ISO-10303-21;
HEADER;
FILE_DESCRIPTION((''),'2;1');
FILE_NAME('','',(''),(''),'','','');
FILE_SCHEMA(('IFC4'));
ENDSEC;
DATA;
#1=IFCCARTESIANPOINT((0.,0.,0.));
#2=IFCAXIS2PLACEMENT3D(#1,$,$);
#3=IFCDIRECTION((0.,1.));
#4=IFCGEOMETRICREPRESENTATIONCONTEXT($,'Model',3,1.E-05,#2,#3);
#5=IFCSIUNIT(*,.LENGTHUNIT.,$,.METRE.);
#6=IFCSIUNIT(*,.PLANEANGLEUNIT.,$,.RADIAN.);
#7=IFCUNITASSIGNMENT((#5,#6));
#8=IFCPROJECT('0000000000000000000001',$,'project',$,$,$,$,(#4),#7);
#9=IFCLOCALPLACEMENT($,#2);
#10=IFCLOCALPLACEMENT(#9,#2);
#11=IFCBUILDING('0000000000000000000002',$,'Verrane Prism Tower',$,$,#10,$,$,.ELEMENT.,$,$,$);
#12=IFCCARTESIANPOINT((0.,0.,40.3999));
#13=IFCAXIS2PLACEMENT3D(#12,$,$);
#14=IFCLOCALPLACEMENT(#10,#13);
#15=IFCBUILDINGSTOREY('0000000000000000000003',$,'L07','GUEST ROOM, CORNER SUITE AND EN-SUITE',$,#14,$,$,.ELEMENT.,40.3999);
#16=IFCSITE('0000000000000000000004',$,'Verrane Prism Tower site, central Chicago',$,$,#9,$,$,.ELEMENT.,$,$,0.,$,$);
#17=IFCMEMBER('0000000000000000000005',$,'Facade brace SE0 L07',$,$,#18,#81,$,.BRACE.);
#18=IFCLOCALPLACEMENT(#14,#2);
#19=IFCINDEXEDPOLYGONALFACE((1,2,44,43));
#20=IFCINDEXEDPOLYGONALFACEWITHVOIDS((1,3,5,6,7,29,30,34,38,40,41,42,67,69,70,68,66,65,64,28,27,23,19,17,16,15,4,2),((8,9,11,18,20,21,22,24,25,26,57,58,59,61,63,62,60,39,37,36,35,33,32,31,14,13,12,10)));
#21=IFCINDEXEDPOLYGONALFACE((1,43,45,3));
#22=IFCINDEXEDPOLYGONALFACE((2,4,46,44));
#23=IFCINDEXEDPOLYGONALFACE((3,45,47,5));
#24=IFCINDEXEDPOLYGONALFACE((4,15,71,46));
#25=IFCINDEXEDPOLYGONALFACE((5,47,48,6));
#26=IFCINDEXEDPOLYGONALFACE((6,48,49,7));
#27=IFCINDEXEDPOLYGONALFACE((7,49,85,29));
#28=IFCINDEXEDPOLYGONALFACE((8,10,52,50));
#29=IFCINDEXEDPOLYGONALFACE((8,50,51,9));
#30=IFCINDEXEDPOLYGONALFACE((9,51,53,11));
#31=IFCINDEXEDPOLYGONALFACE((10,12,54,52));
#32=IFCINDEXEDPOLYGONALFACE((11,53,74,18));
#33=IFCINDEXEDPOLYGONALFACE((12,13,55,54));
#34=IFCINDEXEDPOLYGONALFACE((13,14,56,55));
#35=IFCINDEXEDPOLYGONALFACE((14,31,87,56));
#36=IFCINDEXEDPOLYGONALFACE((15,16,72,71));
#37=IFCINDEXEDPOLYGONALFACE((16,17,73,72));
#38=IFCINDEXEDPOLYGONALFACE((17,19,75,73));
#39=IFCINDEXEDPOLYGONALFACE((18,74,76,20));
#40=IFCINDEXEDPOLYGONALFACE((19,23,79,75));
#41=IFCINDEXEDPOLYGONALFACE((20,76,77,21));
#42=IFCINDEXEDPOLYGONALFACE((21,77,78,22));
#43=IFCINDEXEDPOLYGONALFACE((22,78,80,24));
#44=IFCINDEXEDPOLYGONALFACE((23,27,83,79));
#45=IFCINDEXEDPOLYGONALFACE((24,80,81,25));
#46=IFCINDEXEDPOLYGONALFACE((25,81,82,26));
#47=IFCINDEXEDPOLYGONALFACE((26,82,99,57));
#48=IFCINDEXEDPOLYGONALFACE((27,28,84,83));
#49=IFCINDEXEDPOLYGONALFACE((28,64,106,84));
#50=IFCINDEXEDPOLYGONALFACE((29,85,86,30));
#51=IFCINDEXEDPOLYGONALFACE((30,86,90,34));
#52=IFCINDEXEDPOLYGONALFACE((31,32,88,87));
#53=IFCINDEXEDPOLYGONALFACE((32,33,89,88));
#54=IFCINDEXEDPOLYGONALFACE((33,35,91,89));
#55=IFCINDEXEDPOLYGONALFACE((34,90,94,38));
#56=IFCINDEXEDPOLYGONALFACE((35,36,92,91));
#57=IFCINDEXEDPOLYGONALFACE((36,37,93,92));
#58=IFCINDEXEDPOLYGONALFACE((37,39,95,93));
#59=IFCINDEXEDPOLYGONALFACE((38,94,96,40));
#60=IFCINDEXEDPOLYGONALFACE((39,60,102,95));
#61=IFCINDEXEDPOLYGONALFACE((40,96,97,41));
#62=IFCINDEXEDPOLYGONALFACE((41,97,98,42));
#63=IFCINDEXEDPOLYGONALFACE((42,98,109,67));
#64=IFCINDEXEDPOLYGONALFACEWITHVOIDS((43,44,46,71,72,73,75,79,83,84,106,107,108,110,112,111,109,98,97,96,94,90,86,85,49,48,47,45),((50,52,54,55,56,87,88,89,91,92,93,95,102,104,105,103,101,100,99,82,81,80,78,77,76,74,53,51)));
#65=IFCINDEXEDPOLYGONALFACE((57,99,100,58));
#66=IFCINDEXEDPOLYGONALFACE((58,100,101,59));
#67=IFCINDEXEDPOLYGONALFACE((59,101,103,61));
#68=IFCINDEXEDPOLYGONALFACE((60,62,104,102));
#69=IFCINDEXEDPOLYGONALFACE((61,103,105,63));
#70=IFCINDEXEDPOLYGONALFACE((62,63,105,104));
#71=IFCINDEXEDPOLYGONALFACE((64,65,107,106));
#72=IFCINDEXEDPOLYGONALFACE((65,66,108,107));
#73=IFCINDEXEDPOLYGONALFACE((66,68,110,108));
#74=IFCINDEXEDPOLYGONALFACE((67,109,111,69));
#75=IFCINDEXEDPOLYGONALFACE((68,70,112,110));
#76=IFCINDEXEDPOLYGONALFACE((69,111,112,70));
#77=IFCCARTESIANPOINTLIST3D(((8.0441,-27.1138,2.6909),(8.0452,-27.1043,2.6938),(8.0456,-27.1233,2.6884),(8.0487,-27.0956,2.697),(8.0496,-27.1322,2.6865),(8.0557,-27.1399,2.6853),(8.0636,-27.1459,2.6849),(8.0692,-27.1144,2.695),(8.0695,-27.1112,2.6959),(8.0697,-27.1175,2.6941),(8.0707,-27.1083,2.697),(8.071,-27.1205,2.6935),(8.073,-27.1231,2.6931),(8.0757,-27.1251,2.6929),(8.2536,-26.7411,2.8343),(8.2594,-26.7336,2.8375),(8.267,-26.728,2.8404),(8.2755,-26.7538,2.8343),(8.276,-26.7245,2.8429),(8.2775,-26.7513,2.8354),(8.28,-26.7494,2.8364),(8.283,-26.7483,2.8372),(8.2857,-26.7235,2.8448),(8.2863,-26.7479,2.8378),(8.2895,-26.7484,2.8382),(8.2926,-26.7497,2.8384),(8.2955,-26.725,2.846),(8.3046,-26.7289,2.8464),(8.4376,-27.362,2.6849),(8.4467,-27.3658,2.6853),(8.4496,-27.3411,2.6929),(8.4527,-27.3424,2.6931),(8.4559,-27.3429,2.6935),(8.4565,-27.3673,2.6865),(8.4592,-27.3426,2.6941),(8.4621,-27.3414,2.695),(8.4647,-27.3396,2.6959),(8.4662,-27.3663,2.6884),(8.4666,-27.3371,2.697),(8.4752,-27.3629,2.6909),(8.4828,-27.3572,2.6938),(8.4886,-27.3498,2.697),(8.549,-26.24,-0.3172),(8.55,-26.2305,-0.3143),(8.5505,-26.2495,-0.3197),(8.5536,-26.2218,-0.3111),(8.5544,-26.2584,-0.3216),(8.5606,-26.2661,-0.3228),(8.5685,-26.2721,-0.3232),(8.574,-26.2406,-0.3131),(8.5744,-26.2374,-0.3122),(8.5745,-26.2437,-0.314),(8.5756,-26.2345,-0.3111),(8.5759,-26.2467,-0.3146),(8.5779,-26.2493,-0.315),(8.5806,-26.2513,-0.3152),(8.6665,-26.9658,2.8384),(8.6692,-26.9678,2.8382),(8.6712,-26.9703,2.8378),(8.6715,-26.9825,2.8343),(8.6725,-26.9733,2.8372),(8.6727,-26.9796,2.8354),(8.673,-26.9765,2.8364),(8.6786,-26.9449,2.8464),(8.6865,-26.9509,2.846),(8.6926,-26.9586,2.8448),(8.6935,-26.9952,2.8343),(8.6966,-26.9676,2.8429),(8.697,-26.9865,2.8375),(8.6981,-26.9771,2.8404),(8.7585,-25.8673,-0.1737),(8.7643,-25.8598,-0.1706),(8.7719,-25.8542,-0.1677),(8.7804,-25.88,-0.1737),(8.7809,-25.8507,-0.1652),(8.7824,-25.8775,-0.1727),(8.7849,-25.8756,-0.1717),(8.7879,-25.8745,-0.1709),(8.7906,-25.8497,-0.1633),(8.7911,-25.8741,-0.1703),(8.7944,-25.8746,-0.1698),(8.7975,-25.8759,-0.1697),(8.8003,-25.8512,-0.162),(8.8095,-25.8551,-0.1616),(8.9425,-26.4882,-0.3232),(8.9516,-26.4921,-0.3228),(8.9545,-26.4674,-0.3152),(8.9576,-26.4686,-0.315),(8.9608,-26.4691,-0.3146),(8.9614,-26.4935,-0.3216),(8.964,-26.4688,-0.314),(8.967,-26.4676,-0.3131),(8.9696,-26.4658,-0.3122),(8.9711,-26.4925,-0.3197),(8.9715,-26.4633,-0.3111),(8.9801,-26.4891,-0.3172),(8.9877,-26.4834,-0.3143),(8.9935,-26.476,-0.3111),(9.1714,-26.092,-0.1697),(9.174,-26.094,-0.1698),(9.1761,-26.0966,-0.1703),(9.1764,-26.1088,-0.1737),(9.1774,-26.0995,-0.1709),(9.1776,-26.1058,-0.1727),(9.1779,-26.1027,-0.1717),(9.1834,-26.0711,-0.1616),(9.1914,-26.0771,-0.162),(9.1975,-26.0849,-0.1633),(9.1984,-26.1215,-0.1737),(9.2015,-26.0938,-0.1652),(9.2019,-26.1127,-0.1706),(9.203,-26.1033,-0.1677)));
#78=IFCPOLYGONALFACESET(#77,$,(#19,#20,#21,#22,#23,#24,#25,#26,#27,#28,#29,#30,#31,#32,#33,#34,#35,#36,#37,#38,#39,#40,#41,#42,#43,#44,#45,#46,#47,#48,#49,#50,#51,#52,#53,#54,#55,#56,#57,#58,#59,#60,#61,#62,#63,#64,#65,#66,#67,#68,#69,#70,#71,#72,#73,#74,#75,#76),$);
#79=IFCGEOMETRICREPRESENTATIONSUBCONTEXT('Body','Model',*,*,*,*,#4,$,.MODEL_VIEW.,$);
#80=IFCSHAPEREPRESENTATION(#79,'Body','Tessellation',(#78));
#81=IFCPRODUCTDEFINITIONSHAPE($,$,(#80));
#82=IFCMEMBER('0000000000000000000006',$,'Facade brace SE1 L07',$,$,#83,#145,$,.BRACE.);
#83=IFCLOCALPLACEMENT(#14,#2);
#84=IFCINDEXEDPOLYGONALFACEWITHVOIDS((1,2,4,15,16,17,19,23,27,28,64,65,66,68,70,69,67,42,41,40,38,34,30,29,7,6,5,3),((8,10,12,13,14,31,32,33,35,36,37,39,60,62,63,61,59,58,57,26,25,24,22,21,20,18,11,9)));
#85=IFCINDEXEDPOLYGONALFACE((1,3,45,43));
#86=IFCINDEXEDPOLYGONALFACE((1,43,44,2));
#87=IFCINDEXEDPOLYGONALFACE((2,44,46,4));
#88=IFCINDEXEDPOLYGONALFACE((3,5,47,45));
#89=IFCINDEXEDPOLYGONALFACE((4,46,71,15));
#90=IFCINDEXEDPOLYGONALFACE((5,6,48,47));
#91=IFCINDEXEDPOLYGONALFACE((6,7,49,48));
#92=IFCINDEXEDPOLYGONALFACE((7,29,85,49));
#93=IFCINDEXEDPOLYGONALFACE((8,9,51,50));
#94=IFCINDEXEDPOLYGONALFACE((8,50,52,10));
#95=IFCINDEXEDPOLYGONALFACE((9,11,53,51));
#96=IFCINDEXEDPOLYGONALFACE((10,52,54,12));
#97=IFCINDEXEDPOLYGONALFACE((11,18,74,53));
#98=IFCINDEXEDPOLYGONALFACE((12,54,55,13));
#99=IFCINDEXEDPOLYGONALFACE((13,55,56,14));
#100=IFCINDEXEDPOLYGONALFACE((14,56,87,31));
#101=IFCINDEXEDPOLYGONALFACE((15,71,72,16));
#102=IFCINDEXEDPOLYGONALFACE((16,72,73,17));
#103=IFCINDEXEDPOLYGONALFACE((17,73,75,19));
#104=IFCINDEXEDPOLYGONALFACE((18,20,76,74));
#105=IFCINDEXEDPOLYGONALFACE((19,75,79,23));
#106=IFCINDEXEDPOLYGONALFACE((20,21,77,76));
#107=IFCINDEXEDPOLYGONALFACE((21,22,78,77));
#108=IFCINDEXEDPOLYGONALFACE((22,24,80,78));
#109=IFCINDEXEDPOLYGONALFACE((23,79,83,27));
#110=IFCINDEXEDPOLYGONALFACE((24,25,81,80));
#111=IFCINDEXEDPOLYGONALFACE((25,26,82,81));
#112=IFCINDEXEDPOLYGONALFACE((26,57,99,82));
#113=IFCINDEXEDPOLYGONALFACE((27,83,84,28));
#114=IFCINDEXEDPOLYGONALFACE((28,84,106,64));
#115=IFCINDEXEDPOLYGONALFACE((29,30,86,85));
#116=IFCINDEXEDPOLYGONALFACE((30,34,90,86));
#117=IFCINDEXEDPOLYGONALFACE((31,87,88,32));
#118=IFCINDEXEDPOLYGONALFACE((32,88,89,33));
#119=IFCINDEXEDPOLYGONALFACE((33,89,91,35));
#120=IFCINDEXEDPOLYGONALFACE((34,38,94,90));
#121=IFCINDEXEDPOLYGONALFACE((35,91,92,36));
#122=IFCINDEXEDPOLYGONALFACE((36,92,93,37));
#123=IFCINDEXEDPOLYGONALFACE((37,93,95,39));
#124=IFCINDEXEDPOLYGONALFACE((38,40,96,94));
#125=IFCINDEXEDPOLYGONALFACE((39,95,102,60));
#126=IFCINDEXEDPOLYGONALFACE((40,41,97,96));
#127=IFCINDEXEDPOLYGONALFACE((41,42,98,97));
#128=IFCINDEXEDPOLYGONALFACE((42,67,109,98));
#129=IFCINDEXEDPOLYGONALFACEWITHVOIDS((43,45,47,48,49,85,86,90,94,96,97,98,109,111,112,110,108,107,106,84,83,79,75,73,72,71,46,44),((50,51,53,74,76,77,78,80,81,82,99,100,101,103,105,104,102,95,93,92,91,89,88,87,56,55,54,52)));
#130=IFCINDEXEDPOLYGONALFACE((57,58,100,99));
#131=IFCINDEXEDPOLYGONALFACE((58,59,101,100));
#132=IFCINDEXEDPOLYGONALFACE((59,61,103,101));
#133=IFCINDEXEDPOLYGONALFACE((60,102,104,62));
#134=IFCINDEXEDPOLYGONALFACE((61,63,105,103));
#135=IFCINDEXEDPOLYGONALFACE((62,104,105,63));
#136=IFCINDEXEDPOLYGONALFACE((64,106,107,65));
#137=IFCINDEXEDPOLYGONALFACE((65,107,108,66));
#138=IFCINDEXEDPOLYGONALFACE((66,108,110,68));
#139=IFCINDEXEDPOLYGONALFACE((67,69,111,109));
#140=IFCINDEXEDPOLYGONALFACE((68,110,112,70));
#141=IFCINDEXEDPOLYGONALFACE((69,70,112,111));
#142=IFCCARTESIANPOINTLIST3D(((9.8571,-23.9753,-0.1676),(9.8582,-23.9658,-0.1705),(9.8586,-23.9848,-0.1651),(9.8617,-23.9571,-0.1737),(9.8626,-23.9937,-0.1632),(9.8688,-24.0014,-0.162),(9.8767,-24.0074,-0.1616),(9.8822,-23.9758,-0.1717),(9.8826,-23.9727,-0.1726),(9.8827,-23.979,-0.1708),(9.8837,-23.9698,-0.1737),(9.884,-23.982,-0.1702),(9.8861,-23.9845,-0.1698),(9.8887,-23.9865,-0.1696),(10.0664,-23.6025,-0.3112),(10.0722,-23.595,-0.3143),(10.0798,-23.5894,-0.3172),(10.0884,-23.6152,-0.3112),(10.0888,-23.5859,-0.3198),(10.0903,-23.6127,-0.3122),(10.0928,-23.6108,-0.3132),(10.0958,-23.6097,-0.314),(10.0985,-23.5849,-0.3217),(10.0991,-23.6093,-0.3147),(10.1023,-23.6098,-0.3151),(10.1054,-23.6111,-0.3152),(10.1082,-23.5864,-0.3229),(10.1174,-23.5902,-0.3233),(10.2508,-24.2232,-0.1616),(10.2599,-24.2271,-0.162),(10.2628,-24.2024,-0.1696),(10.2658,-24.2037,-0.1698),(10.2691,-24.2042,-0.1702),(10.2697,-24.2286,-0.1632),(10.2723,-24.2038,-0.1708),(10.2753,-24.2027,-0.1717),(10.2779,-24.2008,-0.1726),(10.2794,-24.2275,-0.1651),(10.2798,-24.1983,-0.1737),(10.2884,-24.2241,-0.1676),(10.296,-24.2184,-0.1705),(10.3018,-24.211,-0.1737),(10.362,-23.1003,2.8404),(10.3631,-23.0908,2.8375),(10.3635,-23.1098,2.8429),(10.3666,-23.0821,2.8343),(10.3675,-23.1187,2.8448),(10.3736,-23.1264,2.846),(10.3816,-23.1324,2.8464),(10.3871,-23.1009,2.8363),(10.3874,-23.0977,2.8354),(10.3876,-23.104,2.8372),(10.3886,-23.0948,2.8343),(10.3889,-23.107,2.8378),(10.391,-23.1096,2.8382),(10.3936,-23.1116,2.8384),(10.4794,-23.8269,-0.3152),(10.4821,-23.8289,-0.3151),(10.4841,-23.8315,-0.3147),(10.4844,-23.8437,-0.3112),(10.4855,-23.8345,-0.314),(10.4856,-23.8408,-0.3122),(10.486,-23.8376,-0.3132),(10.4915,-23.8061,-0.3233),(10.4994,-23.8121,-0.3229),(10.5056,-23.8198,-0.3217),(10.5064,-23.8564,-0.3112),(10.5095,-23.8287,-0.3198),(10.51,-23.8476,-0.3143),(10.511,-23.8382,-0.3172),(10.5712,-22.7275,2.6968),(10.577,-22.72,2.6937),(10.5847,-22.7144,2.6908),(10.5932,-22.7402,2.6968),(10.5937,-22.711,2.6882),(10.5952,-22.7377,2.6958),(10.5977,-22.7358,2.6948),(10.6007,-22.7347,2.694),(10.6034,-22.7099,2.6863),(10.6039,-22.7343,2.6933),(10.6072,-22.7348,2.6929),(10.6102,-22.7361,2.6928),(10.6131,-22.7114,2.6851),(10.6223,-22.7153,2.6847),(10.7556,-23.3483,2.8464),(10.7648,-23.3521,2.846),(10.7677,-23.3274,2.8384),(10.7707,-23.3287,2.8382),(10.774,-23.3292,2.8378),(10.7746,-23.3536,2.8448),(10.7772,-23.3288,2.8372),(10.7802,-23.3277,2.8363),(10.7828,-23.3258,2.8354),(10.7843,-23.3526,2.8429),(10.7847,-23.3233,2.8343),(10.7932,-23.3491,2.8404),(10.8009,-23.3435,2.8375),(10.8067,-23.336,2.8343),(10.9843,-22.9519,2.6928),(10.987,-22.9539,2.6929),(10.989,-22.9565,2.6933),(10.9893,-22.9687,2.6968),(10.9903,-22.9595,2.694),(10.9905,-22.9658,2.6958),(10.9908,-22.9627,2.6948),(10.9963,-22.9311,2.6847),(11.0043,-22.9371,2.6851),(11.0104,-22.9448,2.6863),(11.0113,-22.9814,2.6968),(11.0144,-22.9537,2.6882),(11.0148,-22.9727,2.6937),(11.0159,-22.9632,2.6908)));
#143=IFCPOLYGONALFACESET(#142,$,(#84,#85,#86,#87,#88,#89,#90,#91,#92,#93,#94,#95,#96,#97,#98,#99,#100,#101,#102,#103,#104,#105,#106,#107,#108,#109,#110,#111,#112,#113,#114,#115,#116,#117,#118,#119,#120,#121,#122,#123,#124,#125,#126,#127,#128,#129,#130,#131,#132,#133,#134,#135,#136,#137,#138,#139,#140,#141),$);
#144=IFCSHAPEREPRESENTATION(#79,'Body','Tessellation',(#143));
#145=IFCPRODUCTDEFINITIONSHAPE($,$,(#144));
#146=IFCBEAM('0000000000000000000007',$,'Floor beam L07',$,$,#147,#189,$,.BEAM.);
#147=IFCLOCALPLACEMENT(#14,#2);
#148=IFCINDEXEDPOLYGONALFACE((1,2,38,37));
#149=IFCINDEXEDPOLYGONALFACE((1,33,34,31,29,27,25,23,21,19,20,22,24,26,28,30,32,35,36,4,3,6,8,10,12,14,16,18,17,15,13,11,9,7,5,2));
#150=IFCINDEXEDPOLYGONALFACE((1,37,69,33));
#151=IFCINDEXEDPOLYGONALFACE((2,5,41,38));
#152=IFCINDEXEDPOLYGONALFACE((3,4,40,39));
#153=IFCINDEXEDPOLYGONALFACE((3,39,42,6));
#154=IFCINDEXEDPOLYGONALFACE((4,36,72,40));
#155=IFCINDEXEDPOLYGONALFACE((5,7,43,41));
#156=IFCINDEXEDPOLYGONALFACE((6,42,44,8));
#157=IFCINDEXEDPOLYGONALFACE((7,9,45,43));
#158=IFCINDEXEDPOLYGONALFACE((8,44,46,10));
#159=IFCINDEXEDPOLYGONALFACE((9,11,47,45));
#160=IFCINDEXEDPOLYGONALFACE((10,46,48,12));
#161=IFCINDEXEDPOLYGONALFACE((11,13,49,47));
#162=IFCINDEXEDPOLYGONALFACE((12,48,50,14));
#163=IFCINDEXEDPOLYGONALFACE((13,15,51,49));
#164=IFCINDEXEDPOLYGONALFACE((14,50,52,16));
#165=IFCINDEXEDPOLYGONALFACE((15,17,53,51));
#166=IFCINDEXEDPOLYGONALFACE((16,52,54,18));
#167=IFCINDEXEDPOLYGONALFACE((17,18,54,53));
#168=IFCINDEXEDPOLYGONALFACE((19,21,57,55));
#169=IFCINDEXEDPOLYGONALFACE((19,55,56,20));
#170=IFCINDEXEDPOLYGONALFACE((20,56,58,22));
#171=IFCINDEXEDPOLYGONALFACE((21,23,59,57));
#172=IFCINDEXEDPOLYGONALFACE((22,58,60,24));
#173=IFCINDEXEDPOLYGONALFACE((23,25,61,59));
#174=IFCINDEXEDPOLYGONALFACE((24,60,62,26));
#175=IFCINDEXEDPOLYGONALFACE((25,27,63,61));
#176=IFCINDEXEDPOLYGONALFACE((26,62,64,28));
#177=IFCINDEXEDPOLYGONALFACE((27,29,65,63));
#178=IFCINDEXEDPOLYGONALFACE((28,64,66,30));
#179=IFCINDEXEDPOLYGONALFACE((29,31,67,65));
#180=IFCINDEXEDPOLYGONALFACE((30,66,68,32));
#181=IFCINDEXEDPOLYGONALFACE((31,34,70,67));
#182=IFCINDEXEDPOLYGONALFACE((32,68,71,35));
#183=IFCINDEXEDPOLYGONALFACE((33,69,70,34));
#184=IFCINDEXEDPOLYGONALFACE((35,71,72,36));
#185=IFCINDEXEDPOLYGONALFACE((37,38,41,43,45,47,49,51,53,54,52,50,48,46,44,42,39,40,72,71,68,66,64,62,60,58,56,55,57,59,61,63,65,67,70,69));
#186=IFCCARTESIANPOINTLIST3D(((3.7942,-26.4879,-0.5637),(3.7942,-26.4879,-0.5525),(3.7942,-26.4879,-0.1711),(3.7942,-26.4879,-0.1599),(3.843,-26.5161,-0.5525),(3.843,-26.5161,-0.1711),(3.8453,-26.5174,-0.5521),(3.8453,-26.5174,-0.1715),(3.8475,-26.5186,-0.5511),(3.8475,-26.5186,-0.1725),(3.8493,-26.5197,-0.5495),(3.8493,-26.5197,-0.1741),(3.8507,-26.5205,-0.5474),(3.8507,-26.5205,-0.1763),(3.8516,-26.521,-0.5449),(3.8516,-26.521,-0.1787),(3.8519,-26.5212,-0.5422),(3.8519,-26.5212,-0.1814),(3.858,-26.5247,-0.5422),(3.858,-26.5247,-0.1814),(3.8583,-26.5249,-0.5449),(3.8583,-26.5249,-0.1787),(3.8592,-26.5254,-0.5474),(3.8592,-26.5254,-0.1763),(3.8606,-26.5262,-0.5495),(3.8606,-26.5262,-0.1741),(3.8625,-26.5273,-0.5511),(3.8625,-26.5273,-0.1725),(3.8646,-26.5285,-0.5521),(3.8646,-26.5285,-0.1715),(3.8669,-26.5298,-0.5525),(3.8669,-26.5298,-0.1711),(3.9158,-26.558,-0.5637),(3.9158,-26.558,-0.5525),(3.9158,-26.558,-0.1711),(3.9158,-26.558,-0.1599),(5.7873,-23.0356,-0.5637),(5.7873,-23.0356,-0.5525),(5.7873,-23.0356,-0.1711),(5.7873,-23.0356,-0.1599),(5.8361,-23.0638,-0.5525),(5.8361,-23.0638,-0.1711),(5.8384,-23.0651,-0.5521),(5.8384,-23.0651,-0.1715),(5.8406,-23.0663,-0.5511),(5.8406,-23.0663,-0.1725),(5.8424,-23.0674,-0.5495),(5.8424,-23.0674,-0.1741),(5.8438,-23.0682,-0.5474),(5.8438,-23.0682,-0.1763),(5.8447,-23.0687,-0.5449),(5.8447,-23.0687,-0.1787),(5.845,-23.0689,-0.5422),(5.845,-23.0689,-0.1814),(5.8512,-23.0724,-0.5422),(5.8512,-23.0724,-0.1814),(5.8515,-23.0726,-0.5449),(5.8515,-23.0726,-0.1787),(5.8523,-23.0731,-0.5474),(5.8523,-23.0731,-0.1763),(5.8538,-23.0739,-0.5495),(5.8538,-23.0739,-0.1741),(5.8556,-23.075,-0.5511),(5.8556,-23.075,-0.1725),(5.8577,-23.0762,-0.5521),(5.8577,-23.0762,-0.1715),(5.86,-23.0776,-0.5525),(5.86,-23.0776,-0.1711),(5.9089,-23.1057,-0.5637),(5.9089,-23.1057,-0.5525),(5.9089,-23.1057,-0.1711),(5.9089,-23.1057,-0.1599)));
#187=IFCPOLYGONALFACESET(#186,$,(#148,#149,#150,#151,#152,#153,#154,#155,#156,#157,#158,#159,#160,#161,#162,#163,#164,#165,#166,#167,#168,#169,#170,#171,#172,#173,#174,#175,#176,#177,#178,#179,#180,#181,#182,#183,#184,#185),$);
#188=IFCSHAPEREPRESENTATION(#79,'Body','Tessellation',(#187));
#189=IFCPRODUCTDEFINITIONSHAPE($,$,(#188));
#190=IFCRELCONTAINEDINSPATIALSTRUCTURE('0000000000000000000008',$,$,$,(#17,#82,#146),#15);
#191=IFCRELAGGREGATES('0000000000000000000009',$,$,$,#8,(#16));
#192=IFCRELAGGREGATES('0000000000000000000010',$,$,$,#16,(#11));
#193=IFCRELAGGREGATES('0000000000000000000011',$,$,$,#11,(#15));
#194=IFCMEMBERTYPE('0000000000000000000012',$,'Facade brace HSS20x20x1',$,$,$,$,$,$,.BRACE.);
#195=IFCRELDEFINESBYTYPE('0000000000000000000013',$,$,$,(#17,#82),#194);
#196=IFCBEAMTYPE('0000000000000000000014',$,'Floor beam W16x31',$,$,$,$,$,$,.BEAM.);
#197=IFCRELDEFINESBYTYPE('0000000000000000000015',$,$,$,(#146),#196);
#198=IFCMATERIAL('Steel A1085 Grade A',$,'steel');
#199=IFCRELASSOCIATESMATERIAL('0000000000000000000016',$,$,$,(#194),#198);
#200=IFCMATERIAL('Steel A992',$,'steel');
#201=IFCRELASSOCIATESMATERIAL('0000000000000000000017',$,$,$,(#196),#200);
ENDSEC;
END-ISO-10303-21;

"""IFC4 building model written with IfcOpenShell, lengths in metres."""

from ifc_helpers import new_model, si_unit, direction, frame, origin, origin_2d, place, context, subcontext, project, spatial, hollow_rectangle, i_section, extrude, material, material_profile, profile_set, type_object, element, save


model = new_model("IFC4")

# Units and contexts
model_context = context("Model", 3, precision=1e-05, world=origin(), true_north=direction((0.0, 1.0)))
body_context = subcontext(model_context, "Body", "Model", "MODEL_VIEW")
ifc_project = project(units=[si_unit("LENGTHUNIT", "METRE"), si_unit("PLANEANGLEUNIT", "RADIAN")], contexts=[model_context])

# Site, building, storey
site_placement = place(None, origin())
site = spatial("IfcSite", under=ifc_project, at=site_placement, Name="Verrane Prism Tower site, central Chicago", CompositionType="ELEMENT", RefElevation=0.0)
building_placement = place(site_placement, origin())
building = spatial("IfcBuilding", under=site, at=building_placement, Name="Verrane Prism Tower", CompositionType="ELEMENT")
storey_placement = place(building_placement, frame((0.0, 0.0, 40.3999)))
storey = spatial("IfcBuildingStorey", under=building, at=storey_placement, Name="L07", Description="GUEST ROOM, CORNER SUITE AND EN-SUITE", CompositionType="ELEMENT", Elevation=40.3999)

# Members
ifc_material_1 = material(Name="Steel A1085 Grade A", Category="steel")
ifc_material_profile_1 = material_profile(ifc_material_1, hollow_rectangle(XDim=0.5081, YDim=0.5081, WallThickness=0.0254, InnerFilletRadius=0.0127, OuterFilletRadius=0.0381, at=origin_2d()), Name="HSS20x20x1")
ifc_profile_set_1 = profile_set([ifc_material_profile_1], Name="Steel A1085 Grade A")
member_type_1 = type_object("IfcMemberType", Name="Facade brace HSS20x20x1", PredefinedType="BRACE", material=ifc_profile_set_1)
member_1_placement = place(storey_placement, frame((8.876, -26.1716, -0.2424), z_axis=(-0.159127, -0.275395, 0.94807), x_axis=(0.865851, -0.500302, 0.0)))
element("IfcMember", 1, at=member_1_placement, inside=storey, type_object=member_type_1, Name="Facade brace SE0 L07", PredefinedType="BRACE", context=body_context, shape_type="SweptSolid", body=[
    extrude(hollow_rectangle(XDim=0.5081, YDim=0.5081, WallThickness=0.0254, InnerFilletRadius=0.0127, OuterFilletRadius=0.0381, at=origin_2d()), origin(), (0.0, 0.0, 1.0), 3.1729),
])
member_2_placement = place(storey_placement, frame((10.1841, -23.9067, -0.2424), z_axis=(0.15911, 0.27575, 0.947969), x_axis=(-0.866153, 0.499778, 0.0)))
element("IfcMember", 2, at=member_2_placement, inside=storey, type_object=member_type_1, Name="Facade brace SE1 L07", PredefinedType="BRACE", context=body_context, shape_type="SweptSolid", body=[
    extrude(hollow_rectangle(XDim=0.5081, YDim=0.5081, WallThickness=0.0254, InnerFilletRadius=0.0127, OuterFilletRadius=0.0381, at=origin_2d()), origin(), (0.0, 0.0, 1.0), 3.1731),
])

# Beam
ifc_material_2 = material(Name="Steel A992", Category="steel")
ifc_material_profile_2 = material_profile(ifc_material_2, i_section(OverallWidth=0.1404, OverallDepth=0.4038, WebThickness=0.0071, FlangeThickness=0.0112, FilletRadius=0.0103, at=origin_2d()), Name="W16x31")
ifc_profile_set_2 = profile_set([ifc_material_profile_2], Name="Steel A992")
beam_type_1 = type_object("IfcBeamType", Name="Floor beam W16x31", PredefinedType="BEAM", material=ifc_profile_set_2)
beam_1_placement = place(storey_placement, frame((3.855, -26.5229, -0.3618), z_axis=(0.499986, 0.866034, 0.0), x_axis=(-0.866034, 0.499986, 0.0)))
element("IfcBeam", 3, at=beam_1_placement, inside=storey, type_object=beam_type_1, Name="Floor beam L07", PredefinedType="BEAM", context=body_context, shape_type="SweptSolid", body=[
    extrude(i_section(OverallWidth=0.1404, OverallDepth=0.4038, WebThickness=0.0071, FlangeThickness=0.0112, FilletRadius=0.0103, at=origin_2d()), origin(), (0.0, 0.0, 1.0), 3.9863),
])

save(model, "model.ifc")
